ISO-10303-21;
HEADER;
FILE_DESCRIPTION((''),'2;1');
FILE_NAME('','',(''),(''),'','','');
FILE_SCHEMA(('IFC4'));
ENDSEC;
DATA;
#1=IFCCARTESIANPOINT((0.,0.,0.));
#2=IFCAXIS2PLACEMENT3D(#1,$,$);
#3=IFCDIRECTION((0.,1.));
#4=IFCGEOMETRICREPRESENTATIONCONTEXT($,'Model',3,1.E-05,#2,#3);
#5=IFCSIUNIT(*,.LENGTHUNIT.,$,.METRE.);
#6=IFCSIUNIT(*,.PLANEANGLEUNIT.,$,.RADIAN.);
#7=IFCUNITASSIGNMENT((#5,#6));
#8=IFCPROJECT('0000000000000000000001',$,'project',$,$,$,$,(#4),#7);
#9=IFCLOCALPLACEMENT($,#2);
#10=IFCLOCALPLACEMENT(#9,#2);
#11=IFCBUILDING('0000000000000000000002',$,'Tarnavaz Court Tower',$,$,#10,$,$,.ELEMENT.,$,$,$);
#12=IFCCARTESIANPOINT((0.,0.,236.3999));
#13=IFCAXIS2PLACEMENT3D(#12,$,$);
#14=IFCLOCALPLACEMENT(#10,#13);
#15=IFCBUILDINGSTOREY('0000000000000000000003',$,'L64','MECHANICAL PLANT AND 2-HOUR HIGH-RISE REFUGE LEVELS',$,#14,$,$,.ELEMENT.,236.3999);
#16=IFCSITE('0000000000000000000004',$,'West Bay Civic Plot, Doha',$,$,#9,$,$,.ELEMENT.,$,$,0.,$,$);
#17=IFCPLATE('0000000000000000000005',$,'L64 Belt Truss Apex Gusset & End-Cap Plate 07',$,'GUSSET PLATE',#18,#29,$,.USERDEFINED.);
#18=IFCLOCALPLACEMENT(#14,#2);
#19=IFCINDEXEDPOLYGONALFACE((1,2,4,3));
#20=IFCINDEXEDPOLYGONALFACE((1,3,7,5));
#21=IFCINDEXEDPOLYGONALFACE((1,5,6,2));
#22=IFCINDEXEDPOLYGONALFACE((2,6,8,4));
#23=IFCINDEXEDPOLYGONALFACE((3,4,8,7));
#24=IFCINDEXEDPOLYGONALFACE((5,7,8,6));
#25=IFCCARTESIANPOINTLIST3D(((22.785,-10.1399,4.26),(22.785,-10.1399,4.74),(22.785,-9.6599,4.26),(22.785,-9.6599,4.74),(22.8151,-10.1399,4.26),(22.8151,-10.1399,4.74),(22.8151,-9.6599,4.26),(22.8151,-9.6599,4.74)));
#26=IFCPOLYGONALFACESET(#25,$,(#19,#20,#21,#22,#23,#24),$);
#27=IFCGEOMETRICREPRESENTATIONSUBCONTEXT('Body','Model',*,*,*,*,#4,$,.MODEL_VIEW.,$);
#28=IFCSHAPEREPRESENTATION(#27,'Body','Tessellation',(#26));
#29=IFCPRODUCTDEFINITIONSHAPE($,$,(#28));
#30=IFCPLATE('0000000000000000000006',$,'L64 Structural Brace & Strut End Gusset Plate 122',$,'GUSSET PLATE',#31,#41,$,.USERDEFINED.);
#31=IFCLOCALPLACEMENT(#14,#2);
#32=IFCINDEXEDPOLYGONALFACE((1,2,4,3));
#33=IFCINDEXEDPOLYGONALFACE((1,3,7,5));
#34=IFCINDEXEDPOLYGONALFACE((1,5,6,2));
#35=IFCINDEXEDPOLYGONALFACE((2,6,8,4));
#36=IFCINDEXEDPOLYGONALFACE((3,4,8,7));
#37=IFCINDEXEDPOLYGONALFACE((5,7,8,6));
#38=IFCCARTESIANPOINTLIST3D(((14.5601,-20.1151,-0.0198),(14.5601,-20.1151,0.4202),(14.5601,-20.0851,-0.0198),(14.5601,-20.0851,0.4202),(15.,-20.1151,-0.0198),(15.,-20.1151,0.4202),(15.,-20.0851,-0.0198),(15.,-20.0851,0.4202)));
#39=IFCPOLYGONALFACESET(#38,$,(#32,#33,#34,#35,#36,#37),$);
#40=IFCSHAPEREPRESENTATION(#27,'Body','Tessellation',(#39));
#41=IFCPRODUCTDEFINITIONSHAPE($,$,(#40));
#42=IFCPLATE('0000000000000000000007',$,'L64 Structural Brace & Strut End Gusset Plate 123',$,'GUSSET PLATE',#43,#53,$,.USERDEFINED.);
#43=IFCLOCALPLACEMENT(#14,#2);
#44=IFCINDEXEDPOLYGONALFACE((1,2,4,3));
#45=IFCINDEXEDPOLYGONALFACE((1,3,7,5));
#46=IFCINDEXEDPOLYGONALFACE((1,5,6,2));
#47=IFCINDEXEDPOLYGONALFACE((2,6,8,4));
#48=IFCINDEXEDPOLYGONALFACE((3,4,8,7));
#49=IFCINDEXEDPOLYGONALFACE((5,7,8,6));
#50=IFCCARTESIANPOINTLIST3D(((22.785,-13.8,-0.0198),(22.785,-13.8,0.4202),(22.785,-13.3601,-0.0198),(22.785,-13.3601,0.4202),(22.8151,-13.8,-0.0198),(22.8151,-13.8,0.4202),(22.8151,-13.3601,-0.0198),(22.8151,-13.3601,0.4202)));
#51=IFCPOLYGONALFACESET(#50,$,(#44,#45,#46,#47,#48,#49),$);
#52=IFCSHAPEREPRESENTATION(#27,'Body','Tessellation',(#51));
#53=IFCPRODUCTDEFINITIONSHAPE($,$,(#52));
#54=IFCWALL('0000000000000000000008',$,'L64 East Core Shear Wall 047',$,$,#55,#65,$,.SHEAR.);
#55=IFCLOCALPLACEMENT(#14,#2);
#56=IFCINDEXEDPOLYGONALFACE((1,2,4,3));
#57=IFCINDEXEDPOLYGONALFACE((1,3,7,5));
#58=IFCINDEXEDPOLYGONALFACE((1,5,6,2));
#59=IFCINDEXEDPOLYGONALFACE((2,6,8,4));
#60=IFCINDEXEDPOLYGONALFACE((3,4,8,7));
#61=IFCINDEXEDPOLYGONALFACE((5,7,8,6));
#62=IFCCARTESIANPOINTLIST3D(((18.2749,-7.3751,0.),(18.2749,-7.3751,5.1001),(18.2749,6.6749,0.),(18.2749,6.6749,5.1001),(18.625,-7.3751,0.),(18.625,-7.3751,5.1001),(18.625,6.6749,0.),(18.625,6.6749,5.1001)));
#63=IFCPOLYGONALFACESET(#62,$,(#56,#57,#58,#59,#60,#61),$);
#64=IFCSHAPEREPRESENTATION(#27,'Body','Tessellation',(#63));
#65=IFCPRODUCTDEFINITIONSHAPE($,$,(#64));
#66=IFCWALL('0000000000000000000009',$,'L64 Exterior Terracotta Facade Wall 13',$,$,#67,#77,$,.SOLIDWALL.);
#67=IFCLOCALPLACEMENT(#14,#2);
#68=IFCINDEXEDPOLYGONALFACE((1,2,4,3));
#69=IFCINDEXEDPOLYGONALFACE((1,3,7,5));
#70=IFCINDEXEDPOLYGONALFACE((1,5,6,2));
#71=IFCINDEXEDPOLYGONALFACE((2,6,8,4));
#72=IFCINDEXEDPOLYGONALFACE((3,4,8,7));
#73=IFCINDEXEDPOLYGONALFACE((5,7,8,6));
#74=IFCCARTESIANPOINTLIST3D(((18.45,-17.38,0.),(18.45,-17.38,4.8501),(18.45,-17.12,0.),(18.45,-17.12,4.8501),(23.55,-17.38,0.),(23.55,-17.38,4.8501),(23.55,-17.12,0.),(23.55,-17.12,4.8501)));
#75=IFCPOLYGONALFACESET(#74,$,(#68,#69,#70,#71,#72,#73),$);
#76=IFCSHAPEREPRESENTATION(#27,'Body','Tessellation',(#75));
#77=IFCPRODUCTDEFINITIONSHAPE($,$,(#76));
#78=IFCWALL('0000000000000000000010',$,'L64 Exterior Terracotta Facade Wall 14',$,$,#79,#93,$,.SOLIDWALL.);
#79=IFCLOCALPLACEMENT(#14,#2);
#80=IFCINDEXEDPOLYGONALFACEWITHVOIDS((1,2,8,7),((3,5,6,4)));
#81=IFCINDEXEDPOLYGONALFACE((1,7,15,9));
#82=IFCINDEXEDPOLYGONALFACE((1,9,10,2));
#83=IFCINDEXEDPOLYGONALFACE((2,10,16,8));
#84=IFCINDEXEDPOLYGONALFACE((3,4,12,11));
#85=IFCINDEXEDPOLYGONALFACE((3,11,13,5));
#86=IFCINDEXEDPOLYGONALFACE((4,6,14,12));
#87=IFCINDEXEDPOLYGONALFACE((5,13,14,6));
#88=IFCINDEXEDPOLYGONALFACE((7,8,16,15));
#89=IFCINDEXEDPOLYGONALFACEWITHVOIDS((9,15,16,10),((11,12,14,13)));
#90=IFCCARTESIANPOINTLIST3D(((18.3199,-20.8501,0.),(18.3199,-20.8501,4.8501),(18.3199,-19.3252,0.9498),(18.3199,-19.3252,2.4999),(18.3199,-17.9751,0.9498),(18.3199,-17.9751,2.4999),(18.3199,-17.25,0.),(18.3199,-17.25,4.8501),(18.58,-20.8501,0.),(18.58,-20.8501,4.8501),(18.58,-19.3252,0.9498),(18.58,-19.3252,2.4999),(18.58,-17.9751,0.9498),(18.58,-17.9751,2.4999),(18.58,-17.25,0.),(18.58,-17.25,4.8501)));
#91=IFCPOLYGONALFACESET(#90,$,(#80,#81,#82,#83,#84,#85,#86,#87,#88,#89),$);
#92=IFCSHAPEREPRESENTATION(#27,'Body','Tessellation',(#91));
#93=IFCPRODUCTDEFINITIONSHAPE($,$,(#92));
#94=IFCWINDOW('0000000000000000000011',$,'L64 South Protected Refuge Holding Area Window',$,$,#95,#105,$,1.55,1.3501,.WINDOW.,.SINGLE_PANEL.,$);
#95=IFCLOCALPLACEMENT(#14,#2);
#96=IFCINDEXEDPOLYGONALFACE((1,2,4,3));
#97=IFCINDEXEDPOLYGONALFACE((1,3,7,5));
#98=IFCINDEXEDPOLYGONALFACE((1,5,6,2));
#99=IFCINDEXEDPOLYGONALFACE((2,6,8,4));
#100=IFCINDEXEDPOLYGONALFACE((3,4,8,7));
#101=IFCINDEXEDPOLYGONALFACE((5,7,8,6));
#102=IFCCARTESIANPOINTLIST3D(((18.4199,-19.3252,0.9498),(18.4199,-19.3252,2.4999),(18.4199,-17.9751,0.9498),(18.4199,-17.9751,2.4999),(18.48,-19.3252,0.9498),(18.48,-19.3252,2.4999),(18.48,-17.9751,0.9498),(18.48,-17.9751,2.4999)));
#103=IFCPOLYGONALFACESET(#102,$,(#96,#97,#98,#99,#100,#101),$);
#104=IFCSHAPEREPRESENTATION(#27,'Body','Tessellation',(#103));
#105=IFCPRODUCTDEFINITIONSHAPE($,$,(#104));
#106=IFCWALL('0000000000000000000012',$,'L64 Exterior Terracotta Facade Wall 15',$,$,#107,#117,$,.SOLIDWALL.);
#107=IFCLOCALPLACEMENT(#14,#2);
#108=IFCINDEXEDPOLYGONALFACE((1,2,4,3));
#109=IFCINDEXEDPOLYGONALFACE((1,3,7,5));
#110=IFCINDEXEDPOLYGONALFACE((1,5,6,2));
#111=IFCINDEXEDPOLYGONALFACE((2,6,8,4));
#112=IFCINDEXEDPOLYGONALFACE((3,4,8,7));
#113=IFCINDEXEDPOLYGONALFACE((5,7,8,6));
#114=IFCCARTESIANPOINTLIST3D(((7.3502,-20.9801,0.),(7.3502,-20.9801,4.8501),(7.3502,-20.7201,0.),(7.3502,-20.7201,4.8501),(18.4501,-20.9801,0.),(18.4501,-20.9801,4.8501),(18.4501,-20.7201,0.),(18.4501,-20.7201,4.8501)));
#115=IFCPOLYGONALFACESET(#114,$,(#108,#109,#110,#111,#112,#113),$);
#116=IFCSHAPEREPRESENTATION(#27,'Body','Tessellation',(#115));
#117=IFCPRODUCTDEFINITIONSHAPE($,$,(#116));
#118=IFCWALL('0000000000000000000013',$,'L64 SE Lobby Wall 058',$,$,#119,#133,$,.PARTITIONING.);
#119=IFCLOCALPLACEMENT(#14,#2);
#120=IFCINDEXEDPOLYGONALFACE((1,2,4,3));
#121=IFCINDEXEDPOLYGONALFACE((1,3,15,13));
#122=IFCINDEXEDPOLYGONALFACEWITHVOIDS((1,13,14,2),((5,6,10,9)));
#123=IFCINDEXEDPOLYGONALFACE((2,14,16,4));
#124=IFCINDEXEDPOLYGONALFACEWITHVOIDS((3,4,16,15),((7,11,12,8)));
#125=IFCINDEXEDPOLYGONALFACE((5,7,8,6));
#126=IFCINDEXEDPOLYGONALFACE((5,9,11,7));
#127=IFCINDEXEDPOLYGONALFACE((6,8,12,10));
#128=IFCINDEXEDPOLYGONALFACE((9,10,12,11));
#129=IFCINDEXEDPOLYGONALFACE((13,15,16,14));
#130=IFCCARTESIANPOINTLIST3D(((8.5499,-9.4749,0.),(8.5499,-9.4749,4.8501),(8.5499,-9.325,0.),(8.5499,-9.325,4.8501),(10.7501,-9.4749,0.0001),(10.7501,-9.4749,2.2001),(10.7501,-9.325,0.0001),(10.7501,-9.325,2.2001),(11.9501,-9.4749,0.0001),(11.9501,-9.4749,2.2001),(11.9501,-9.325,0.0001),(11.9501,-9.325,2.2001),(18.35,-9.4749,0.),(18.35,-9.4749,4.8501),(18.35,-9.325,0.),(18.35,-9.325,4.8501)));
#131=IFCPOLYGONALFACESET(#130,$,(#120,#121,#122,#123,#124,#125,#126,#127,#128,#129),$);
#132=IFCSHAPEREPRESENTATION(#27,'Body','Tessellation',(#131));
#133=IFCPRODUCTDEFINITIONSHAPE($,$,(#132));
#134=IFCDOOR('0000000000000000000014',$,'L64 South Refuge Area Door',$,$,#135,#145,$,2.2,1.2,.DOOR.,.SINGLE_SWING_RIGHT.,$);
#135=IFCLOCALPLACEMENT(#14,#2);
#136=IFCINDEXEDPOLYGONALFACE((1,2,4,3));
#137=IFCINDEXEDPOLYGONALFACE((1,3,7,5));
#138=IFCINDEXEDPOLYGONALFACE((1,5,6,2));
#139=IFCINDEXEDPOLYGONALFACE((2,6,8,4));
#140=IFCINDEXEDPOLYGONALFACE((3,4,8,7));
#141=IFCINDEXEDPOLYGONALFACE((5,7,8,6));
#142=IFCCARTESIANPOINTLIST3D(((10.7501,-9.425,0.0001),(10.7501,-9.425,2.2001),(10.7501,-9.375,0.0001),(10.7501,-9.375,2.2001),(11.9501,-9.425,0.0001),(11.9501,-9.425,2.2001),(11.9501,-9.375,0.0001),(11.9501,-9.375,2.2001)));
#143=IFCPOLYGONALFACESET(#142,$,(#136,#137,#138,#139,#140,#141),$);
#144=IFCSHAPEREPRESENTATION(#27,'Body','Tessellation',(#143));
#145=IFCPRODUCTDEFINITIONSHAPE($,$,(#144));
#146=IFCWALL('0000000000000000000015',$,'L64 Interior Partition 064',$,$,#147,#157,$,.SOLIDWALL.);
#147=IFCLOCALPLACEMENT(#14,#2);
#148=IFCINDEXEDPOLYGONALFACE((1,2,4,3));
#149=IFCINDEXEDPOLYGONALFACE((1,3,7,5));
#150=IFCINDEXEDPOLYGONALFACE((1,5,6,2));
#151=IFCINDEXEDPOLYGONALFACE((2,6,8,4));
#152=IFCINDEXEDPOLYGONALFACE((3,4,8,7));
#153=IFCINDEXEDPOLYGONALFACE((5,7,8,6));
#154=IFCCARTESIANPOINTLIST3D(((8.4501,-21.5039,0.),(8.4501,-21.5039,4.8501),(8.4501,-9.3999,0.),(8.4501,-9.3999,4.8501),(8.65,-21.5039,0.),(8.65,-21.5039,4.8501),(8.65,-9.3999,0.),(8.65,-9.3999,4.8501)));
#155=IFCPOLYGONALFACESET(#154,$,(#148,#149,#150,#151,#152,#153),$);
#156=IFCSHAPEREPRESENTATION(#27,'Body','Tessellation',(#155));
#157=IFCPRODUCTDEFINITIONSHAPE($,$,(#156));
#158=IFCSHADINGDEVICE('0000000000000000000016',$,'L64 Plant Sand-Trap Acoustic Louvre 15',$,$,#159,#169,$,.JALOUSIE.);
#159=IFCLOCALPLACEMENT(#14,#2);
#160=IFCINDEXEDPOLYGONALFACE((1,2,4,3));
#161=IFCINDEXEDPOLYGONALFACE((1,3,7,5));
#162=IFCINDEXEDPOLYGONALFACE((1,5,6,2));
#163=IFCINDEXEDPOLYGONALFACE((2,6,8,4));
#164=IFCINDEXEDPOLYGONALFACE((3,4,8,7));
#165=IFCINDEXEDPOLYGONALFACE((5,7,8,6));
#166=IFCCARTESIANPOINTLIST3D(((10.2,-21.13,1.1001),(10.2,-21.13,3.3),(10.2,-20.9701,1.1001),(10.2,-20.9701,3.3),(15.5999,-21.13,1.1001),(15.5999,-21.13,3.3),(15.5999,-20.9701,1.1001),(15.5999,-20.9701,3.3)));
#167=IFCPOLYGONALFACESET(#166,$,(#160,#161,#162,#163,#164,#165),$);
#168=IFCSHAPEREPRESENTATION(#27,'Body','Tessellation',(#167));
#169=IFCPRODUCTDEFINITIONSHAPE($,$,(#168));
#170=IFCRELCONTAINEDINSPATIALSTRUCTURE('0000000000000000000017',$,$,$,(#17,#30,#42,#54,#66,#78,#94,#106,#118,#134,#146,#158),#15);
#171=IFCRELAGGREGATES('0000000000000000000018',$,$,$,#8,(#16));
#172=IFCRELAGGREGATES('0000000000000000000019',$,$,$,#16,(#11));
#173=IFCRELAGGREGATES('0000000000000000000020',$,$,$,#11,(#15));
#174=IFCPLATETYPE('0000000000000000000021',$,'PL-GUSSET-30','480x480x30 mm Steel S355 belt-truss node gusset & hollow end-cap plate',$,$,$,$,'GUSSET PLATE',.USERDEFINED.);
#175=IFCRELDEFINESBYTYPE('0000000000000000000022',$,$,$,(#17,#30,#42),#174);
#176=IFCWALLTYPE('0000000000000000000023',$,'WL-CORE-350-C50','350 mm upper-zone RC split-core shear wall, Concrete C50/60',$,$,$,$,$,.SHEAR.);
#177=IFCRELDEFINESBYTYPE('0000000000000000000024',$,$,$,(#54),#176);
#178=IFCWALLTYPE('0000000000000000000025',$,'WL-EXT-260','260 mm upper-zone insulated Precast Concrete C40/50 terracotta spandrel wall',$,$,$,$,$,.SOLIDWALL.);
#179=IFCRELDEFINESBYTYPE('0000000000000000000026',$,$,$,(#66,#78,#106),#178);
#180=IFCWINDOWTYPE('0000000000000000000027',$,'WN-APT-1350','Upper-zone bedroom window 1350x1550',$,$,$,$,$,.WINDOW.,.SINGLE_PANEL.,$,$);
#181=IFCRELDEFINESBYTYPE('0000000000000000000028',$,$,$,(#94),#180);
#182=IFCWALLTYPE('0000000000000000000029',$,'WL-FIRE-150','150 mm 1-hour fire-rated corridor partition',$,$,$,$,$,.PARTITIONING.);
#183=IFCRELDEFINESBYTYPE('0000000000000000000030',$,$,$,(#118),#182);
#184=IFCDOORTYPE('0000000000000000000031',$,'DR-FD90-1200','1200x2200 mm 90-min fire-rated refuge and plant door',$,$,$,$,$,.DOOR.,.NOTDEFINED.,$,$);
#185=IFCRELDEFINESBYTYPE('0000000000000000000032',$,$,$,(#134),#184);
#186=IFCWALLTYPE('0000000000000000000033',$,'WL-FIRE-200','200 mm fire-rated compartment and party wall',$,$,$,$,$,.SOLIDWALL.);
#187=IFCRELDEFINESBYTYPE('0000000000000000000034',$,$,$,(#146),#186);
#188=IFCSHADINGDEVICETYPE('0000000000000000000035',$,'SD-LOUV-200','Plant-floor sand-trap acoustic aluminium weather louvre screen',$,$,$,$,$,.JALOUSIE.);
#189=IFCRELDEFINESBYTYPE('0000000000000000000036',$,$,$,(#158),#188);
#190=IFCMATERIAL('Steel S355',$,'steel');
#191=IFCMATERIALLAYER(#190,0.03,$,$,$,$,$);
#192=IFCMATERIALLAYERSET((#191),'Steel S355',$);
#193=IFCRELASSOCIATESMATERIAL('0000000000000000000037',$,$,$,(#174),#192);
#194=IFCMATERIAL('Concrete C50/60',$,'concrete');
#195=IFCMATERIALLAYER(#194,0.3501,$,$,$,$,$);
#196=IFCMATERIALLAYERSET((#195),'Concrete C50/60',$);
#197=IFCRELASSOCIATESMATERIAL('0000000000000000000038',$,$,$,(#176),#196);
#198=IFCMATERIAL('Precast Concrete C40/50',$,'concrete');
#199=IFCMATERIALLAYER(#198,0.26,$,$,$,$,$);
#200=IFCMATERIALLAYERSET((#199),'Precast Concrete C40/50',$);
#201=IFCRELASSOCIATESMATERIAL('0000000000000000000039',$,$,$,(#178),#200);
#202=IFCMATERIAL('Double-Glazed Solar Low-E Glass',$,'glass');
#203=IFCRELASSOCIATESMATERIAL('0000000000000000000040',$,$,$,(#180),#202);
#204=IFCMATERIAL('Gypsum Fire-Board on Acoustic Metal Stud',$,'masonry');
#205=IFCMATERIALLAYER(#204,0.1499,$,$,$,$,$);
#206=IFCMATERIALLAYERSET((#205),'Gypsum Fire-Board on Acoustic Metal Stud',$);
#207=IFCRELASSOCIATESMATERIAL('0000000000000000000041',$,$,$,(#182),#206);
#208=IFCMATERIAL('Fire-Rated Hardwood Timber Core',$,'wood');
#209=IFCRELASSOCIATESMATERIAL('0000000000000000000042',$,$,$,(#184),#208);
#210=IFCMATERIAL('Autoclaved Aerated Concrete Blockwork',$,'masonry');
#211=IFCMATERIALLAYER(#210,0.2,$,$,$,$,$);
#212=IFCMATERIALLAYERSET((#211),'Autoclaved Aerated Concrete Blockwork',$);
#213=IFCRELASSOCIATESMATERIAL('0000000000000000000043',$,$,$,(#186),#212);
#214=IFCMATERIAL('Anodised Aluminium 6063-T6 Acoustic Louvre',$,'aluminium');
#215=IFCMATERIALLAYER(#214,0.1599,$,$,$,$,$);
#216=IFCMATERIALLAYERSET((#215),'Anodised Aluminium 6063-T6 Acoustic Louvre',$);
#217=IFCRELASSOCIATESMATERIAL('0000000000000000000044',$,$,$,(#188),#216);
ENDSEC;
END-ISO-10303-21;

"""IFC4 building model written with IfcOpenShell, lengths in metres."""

from ifc_helpers import new_model, si_unit, direction, frame, frame_2d, origin, origin_2d, place, context, subcontext, project, spatial, rectangle, extrude, material, layer, layer_set, type_object, element, fill, save


model = new_model("IFC4")

# Units and contexts
model_context = context("Model", 3, precision=1e-05, world=origin(), true_north=direction((0.0, 1.0)))
body_context = subcontext(model_context, "Body", "Model", "MODEL_VIEW")
ifc_project = project(units=[si_unit("LENGTHUNIT", "METRE"), si_unit("PLANEANGLEUNIT", "RADIAN")], contexts=[model_context])

# Site, building, storey
site_placement = place(None, origin())
site = spatial("IfcSite", under=ifc_project, at=site_placement, Name="West Bay Civic Plot, Doha", CompositionType="ELEMENT", RefElevation=0.0)
building_placement = place(site_placement, origin())
building = spatial("IfcBuilding", under=site, at=building_placement, Name="Tarnavaz Court Tower", CompositionType="ELEMENT")
storey_placement = place(building_placement, frame((0.0, 0.0, 236.3999)))
storey = spatial("IfcBuildingStorey", under=building, at=storey_placement, Name="L64", Description="MECHANICAL PLANT AND 2-HOUR HIGH-RISE REFUGE LEVELS", CompositionType="ELEMENT", Elevation=236.3999)

# Shared definitions
ifc_material_1 = material(Name="Concrete C50/60", Category="concrete")

# Plates
ifc_material_2 = material(Name="Steel S355", Category="steel")
ifc_layer_1 = layer(ifc_material_2, 0.03)
ifc_layer_set_1 = layer_set([ifc_layer_1], Name="Steel S355")
plate_type = type_object("IfcPlateType", Name="PL-GUSSET-30", Description="480x480x30 mm Steel S355 belt-truss node gusset & hollow end-cap plate", ElementType="GUSSET PLATE", PredefinedType="USERDEFINED", material=ifc_layer_set_1)
for number, where, z_axis, x_axis, name in (
    (1, (22.8, -9.8999, 4.26), (0.0, 0.0, 1.0), (0.0, 1.0, 0.0), "L64 Belt Truss Apex Gusset & End-Cap Plate 07"),
):
    element("IfcPlate", number, at=place(storey_placement, frame(where, z_axis=z_axis, x_axis=x_axis)), inside=storey, type_object=plate_type, Name=name, ObjectType="GUSSET PLATE", PredefinedType="USERDEFINED", context=body_context, shape_type="SweptSolid", body=[
        extrude(rectangle(XDim=0.48, YDim=0.03, at=origin_2d()), origin(), (0.0, 0.0, 1.0), 0.48),
    ])
for number, where, z_axis, x_axis, name in (
    (2, (14.78, -20.1001, -0.0198), (0.0, 0.0, 1.0), (1.0, 0.0, 0.0), "L64 Structural Brace & Strut End Gusset Plate 122"),
    (3, (22.8, -13.5801, -0.0198), (0.0, 0.0, 1.0), (0.0, 1.0, 0.0), "L64 Structural Brace & Strut End Gusset Plate 123"),
):
    element("IfcPlate", number, at=place(storey_placement, frame(where, z_axis=z_axis, x_axis=x_axis)), inside=storey, type_object=plate_type, Name=name, ObjectType="GUSSET PLATE", PredefinedType="USERDEFINED", context=body_context, shape_type="SweptSolid", body=[
        extrude(rectangle(XDim=0.4399, YDim=0.03, at=origin_2d()), origin(), (0.0, 0.0, 1.0), 0.4399),
    ])

# Walls
ifc_layer_2 = layer(ifc_material_1, 0.3501)
ifc_layer_set_2 = layer_set([ifc_layer_2], Name="Concrete C50/60")
wall_type_1 = type_object("IfcWallType", Name="WL-CORE-350-C50", Description="350 mm upper-zone RC split-core shear wall, Concrete C50/60", PredefinedType="SHEAR", material=ifc_layer_set_2)
wall_1_placement = place(storey_placement, frame((18.45, -7.375, 0.0), z_axis=(0.0, 0.0, 1.0), x_axis=(0.0, 1.0, 0.0)))
element("IfcWall", 4, at=wall_1_placement, inside=storey, type_object=wall_type_1, Name="L64 East Core Shear Wall 047", PredefinedType="SHEAR", context=body_context, shape_type="SweptSolid", body=[
    extrude(rectangle(XDim=14.05, YDim=0.3501, at=frame_2d((7.0249, 0.0))), origin(), (0.0, 0.0, 1.0), 5.1001),
])
ifc_material_3 = material(Name="Precast Concrete C40/50", Category="concrete")
ifc_layer_3 = layer(ifc_material_3, 0.26)
ifc_layer_set_3 = layer_set([ifc_layer_3], Name="Precast Concrete C40/50")
wall_type_2 = type_object("IfcWallType", Name="WL-EXT-260", Description="260 mm upper-zone insulated Precast Concrete C40/50 terracotta spandrel wall", PredefinedType="SOLIDWALL", material=ifc_layer_set_3)
wall_2_placement = place(storey_placement, frame((23.55, -17.25, 0.0), z_axis=(0.0, 0.0, 1.0), x_axis=(-1.0, 0.0, 0.0)))
element("IfcWall", 5, at=wall_2_placement, inside=storey, type_object=wall_type_2, Name="L64 Exterior Terracotta Facade Wall 13", PredefinedType="SOLIDWALL", context=body_context, shape_type="SweptSolid", body=[
    extrude(rectangle(XDim=5.1001, YDim=0.26, at=frame_2d((2.55, 0.0))), origin(), (0.0, 0.0, 1.0), 4.8501),
])

# Wall, opening, window
wall_3_placement = place(storey_placement, frame((18.45, -17.25, 0.0), z_axis=(0.0, 0.0, 1.0), x_axis=(0.0, -1.0, 0.0)))
wall_3 = element("IfcWall", 6, at=wall_3_placement, inside=storey, type_object=wall_type_2, Name="L64 Exterior Terracotta Facade Wall 14", PredefinedType="SOLIDWALL", context=body_context, shape_type="SweptSolid", body=[
    extrude(rectangle(XDim=3.6001, YDim=0.26, at=frame_2d((1.8, 0.0))), origin(), (0.0, 0.0, 1.0), 4.8501),
])
opening_1_placement = place(wall_3_placement, frame((0.7251, 0.0, 0.95)))
opening_1 = element("IfcOpeningElement", 7, at=opening_1_placement, cuts=wall_3, PredefinedType="OPENING", context=body_context, shape_type="SweptSolid", body=[
    extrude(rectangle(XDim=1.3501, YDim=1.55, at=frame_2d((0.675, 0.7749))), frame((0.0, 0.1399, 0.0), z_axis=(0.0, -1.0, 0.0), x_axis=(1.0, 0.0, 0.0)), (0.0, 0.0, 1.0), 0.28),
])
ifc_material_4 = material(Name="Double-Glazed Solar Low-E Glass", Category="glass")
window_type = type_object("IfcWindowType", Name="WN-APT-1350", Description="Upper-zone bedroom window 1350x1550", PartitioningType="SINGLE_PANEL", PredefinedType="WINDOW", material=ifc_material_4)
window_placement = place(opening_1_placement, origin())
window = element("IfcWindow", 8, at=window_placement, inside=storey, type_object=window_type, Name="L64 South Protected Refuge Holding Area Window", OverallHeight=1.55, OverallWidth=1.3501, PartitioningType="SINGLE_PANEL", PredefinedType="WINDOW", context=body_context, shape_type="SweptSolid", body=[
    extrude(rectangle(XDim=1.3501, YDim=1.55, at=frame_2d((0.675, 0.7749))), frame((0.0, 0.03, 0.0), z_axis=(0.0, -1.0, 0.0), x_axis=(1.0, 0.0, 0.0)), (0.0, 0.0, 1.0), 0.0601),
])
fill(opening_1, window)

# Wall
wall_4_placement = place(storey_placement, frame((18.45, -20.8501, 0.0), z_axis=(0.0, 0.0, 1.0), x_axis=(-1.0, 0.0, 0.0)))
element("IfcWall", 9, at=wall_4_placement, inside=storey, type_object=wall_type_2, Name="L64 Exterior Terracotta Facade Wall 15", PredefinedType="SOLIDWALL", context=body_context, shape_type="SweptSolid", body=[
    extrude(rectangle(XDim=11.0999, YDim=0.26, at=frame_2d((5.5498, 0.0))), origin(), (0.0, 0.0, 1.0), 4.8501),
])

# Wall, opening, door
ifc_material_5 = material(Name="Gypsum Fire-Board on Acoustic Metal Stud", Category="masonry")
ifc_layer_4 = layer(ifc_material_5, 0.1499)
ifc_layer_set_4 = layer_set([ifc_layer_4], Name="Gypsum Fire-Board on Acoustic Metal Stud")
wall_type_3 = type_object("IfcWallType", Name="WL-FIRE-150", Description="150 mm 1-hour fire-rated corridor partition", PredefinedType="PARTITIONING", material=ifc_layer_set_4)
wall_5_placement = place(storey_placement, frame((8.55, -9.3999, 0.0), z_axis=(0.0, 0.0, 1.0), x_axis=(1.0, 0.0, 0.0)))
wall_5 = element("IfcWall", 10, at=wall_5_placement, inside=storey, type_object=wall_type_3, Name="L64 SE Lobby Wall 058", PredefinedType="PARTITIONING", context=body_context, shape_type="SweptSolid", body=[
    extrude(rectangle(XDim=9.8, YDim=0.1499, at=frame_2d((4.8999, 0.0))), origin(), (0.0, 0.0, 1.0), 4.8501),
])
opening_2_placement = place(wall_5_placement, frame((2.2, 0.0, 0.0)))
opening_2 = element("IfcOpeningElement", 11, at=opening_2_placement, cuts=wall_5, PredefinedType="OPENING", context=body_context, shape_type="SweptSolid", body=[
    extrude(rectangle(XDim=1.2, YDim=2.2, at=frame_2d((0.6001, 1.1001))), frame((0.0, 0.085, 0.0), z_axis=(0.0, -1.0, 0.0), x_axis=(1.0, 0.0, 0.0)), (0.0, 0.0, 1.0), 0.1699),
])
ifc_material_6 = material(Name="Fire-Rated Hardwood Timber Core", Category="wood")
door_type = type_object("IfcDoorType", Name="DR-FD90-1200", Description="1200x2200 mm 90-min fire-rated refuge and plant door", OperationType="NOTDEFINED", PredefinedType="DOOR", material=ifc_material_6)
door_placement = place(opening_2_placement, origin())
door = element("IfcDoor", 12, at=door_placement, inside=storey, type_object=door_type, Name="L64 South Refuge Area Door", OperationType="SINGLE_SWING_RIGHT", OverallHeight=2.2, OverallWidth=1.2, PredefinedType="DOOR", context=body_context, shape_type="SweptSolid", body=[
    extrude(rectangle(XDim=1.2, YDim=2.2, at=frame_2d((0.6001, 1.1001))), frame((0.0, 0.0249, 0.0), z_axis=(0.0, -1.0, 0.0), x_axis=(1.0, 0.0, 0.0)), (0.0, 0.0, 1.0), 0.05),
])
fill(opening_2, door)

# Wall
ifc_material_7 = material(Name="Autoclaved Aerated Concrete Blockwork", Category="masonry")
ifc_layer_5 = layer(ifc_material_7, 0.2)
ifc_layer_set_5 = layer_set([ifc_layer_5], Name="Autoclaved Aerated Concrete Blockwork")
wall_type_4 = type_object("IfcWallType", Name="WL-FIRE-200", Description="200 mm fire-rated compartment and party wall", PredefinedType="SOLIDWALL", material=ifc_layer_set_5)
wall_6_placement = place(storey_placement, frame((8.55, -21.5039, 0.0), z_axis=(0.0, 0.0, 1.0), x_axis=(0.0, 1.0, 0.0)))
element("IfcWall", 13, at=wall_6_placement, inside=storey, type_object=wall_type_4, Name="L64 Interior Partition 064", PredefinedType="SOLIDWALL", context=body_context, shape_type="SweptSolid", body=[
    extrude(rectangle(XDim=12.104, YDim=0.2, at=frame_2d((6.052, 0.0))), origin(), (0.0, 0.0, 1.0), 4.8501),
])

# Shading device
ifc_material_8 = material(Name="Anodised Aluminium 6063-T6 Acoustic Louvre", Category="aluminium")
ifc_layer_6 = layer(ifc_material_8, 0.1599)
ifc_layer_set_6 = layer_set([ifc_layer_6], Name="Anodised Aluminium 6063-T6 Acoustic Louvre")
shading_device_type = type_object("IfcShadingDeviceType", Name="SD-LOUV-200", Description="Plant-floor sand-trap acoustic aluminium weather louvre screen", PredefinedType="JALOUSIE", material=ifc_layer_set_6)
shading_device_placement = place(storey_placement, frame((12.8999, -21.05, 1.1001), z_axis=(0.0, 0.0, 1.0), x_axis=(-1.0, 0.0, 0.0)))
element("IfcShadingDevice", 14, at=shading_device_placement, inside=storey, type_object=shading_device_type, Name="L64 Plant Sand-Trap Acoustic Louvre 15", PredefinedType="JALOUSIE", context=body_context, shape_type="SweptSolid", body=[
    extrude(rectangle(XDim=5.3999, YDim=0.1599, at=origin_2d()), origin(), (0.0, 0.0, 1.0), 2.2),
])

save(model, "model.ifc")
